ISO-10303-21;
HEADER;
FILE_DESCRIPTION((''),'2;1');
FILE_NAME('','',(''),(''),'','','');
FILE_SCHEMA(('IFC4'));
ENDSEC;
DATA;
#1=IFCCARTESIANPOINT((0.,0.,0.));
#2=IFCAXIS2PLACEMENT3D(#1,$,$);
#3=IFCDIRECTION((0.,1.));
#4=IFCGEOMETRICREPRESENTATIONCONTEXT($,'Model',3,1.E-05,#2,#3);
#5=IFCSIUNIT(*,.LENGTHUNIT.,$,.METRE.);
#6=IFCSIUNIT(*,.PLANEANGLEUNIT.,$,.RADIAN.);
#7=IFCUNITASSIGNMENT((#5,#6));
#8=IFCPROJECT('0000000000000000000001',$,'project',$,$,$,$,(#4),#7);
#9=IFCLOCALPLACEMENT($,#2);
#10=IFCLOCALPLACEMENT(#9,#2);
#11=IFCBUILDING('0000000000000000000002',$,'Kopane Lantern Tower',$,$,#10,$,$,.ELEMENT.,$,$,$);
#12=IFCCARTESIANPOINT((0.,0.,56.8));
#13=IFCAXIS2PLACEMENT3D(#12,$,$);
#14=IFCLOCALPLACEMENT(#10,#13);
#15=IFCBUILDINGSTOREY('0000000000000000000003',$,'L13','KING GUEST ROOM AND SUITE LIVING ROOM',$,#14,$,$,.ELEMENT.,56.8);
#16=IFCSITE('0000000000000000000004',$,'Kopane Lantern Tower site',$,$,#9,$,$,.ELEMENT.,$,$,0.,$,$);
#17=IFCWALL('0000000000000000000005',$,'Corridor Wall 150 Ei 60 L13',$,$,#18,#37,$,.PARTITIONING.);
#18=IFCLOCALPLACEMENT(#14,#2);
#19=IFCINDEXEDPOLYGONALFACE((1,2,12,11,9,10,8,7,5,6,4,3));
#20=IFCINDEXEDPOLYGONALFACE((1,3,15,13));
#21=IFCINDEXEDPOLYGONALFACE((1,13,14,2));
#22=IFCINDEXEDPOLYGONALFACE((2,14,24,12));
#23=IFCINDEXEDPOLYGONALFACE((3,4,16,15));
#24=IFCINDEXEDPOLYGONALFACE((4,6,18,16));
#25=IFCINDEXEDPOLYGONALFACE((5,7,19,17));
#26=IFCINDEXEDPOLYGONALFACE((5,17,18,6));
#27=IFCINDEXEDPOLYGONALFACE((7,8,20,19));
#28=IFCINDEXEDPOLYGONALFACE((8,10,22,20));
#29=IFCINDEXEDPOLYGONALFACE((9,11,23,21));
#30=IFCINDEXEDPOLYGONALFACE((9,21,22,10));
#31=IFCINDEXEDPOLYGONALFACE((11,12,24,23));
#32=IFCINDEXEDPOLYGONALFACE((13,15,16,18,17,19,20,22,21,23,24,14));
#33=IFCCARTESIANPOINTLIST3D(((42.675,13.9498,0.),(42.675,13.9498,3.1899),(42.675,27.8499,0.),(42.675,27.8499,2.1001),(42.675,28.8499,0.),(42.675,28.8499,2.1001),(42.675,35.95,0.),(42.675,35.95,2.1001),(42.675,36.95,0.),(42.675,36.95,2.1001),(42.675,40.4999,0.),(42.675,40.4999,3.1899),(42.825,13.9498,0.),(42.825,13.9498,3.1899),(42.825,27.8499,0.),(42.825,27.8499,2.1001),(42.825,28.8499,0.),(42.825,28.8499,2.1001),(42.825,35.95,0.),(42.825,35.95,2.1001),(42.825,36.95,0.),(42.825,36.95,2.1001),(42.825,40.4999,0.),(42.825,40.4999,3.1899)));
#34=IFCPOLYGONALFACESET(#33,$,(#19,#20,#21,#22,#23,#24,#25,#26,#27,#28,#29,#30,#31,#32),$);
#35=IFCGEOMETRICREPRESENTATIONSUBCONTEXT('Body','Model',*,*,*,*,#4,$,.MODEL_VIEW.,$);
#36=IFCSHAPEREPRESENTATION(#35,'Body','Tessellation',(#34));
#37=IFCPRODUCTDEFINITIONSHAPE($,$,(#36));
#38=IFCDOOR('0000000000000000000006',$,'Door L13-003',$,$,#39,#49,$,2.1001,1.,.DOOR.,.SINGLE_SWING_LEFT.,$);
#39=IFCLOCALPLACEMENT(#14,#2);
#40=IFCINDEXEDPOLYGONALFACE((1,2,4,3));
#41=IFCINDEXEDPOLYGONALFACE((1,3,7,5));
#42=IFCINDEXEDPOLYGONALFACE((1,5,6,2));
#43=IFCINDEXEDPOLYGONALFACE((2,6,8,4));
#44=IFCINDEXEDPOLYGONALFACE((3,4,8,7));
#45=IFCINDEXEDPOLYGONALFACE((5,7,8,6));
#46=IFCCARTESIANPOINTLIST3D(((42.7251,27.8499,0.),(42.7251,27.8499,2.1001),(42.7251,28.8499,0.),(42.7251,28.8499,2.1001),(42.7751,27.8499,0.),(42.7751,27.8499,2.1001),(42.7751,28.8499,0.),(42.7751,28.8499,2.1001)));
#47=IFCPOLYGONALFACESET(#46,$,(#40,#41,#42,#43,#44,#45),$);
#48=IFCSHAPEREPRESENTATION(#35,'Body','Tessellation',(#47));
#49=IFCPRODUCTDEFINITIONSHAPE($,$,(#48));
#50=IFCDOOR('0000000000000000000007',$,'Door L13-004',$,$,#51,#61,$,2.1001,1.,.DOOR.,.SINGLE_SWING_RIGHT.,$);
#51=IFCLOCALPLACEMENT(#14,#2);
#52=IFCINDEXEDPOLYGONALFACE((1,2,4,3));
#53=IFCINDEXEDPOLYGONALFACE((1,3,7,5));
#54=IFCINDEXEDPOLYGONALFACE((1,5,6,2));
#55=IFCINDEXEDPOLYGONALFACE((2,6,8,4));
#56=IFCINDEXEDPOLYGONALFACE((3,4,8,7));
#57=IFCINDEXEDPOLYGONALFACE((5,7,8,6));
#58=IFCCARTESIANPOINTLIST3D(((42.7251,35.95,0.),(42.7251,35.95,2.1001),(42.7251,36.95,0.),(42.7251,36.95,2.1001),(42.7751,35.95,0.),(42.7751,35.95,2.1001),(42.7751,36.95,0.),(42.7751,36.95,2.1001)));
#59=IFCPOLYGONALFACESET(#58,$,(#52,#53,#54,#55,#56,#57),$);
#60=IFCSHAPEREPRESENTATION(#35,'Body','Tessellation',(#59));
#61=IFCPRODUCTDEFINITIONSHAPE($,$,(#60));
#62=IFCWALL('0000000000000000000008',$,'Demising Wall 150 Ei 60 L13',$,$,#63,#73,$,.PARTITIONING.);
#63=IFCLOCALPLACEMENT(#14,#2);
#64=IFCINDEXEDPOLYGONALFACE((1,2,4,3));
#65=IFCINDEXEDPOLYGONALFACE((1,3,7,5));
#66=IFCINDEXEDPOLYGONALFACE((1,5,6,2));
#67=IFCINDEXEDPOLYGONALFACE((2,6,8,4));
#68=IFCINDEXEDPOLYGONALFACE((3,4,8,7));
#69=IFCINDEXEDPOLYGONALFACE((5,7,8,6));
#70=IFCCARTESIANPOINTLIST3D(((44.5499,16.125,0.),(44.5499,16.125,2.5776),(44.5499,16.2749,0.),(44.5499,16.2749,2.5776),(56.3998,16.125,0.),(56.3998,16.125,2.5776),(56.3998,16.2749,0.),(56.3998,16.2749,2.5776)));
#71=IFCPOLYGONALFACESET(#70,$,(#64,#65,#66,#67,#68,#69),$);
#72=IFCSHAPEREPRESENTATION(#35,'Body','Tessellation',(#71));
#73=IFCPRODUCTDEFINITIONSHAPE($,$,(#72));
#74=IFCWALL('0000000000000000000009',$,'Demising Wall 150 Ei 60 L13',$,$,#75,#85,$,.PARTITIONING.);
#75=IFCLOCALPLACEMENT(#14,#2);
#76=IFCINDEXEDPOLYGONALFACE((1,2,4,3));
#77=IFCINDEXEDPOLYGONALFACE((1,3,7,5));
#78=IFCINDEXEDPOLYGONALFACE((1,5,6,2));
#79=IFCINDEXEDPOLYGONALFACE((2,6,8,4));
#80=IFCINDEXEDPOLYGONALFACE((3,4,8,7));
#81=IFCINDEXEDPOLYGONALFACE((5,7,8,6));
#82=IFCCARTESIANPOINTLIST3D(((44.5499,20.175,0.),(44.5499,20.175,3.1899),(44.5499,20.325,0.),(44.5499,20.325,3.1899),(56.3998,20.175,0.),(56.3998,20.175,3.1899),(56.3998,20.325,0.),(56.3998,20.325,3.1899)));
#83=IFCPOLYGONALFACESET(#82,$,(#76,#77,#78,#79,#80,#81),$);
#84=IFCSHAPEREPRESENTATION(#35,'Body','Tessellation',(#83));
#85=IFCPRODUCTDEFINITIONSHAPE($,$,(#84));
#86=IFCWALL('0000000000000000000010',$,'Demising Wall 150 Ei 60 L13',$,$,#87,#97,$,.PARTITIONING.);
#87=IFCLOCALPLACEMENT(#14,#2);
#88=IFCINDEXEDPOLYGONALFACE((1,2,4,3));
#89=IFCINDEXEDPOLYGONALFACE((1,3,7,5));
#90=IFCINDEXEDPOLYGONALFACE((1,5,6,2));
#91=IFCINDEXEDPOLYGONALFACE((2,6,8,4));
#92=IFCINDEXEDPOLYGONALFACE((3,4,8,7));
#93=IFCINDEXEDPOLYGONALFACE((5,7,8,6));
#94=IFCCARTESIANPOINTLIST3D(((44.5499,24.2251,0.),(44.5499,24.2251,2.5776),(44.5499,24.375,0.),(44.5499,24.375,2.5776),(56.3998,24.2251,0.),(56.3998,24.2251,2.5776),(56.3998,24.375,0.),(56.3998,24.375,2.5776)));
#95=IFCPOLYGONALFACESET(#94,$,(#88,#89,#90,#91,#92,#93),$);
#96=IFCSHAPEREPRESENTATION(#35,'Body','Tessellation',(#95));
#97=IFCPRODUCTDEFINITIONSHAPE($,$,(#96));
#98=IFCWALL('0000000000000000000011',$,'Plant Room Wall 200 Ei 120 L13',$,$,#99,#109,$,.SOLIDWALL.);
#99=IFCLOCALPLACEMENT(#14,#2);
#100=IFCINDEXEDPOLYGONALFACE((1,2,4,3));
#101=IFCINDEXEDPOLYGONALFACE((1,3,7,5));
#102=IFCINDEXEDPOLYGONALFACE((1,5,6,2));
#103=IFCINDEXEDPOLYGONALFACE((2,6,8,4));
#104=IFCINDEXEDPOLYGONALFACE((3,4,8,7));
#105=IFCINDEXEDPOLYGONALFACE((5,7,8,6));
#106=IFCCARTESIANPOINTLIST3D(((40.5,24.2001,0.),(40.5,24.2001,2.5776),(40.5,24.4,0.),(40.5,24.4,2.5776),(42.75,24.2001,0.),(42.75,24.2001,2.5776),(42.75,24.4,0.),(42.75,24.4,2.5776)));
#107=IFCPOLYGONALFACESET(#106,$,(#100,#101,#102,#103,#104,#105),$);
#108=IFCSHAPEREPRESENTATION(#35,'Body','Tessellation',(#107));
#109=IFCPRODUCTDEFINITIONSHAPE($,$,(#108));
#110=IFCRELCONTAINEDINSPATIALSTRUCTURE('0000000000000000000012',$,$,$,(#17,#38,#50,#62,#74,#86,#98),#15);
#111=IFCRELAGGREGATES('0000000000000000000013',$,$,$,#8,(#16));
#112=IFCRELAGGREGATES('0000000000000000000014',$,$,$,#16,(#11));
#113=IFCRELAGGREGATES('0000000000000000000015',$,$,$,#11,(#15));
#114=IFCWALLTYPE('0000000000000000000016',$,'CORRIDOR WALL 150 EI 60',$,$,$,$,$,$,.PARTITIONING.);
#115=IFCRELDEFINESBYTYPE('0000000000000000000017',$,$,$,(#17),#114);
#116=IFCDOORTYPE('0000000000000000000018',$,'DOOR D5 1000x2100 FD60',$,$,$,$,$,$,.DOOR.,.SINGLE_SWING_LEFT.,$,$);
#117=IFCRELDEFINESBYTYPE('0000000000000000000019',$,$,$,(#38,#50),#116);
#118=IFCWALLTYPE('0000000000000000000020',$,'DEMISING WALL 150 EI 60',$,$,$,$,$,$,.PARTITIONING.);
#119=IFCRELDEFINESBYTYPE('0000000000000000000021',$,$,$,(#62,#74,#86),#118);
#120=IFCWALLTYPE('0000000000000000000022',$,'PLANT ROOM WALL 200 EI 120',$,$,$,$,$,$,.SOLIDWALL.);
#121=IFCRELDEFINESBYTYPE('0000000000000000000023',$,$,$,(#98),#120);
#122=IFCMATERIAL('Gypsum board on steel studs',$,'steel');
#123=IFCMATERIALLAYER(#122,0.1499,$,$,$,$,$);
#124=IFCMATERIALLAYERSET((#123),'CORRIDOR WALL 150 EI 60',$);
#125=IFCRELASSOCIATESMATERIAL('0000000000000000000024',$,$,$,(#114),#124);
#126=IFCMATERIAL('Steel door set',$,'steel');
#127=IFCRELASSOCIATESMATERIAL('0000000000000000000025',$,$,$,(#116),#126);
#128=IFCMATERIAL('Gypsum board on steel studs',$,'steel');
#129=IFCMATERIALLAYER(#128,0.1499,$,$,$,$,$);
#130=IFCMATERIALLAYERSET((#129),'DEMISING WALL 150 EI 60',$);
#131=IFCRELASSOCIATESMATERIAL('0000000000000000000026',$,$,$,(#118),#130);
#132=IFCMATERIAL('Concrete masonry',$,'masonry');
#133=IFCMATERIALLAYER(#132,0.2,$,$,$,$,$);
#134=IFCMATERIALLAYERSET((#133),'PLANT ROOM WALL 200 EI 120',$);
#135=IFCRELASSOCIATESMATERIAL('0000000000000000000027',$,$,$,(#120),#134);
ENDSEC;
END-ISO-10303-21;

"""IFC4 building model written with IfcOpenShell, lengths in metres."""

from ifc_helpers import new_model, si_unit, direction, frame, frame_2d, origin, place, context, subcontext, project, spatial, rectangle, extrude, material, layer, layer_set, type_object, element, fill, save


model = new_model("IFC4")

# Units and contexts
model_context = context("Model", 3, precision=1e-05, world=origin(), true_north=direction((0.0, 1.0)))
body_context = subcontext(model_context, "Body", "Model", "MODEL_VIEW")
ifc_project = project(units=[si_unit("LENGTHUNIT", "METRE"), si_unit("PLANEANGLEUNIT", "RADIAN")], contexts=[model_context])

# Site, building, storey
site_placement = place(None, origin())
site = spatial("IfcSite", under=ifc_project, at=site_placement, Name="Kopane Lantern Tower site", CompositionType="ELEMENT", RefElevation=0.0)
building_placement = place(site_placement, origin())
building = spatial("IfcBuilding", under=site, at=building_placement, Name="Kopane Lantern Tower", CompositionType="ELEMENT")
storey_placement = place(building_placement, frame((0.0, 0.0, 56.8)))
storey = spatial("IfcBuildingStorey", under=building, at=storey_placement, Name="L13", Description="KING GUEST ROOM AND SUITE LIVING ROOM", CompositionType="ELEMENT", Elevation=56.8)

# Wall, openings, doors
ifc_material_1 = material(Name="Gypsum board on steel studs", Category="steel")
ifc_layer_1 = layer(ifc_material_1, 0.1499)
ifc_layer_set_1 = layer_set([ifc_layer_1], Name="CORRIDOR WALL 150 EI 60")
wall_type_1 = type_object("IfcWallType", Name="CORRIDOR WALL 150 EI 60", PredefinedType="PARTITIONING", material=ifc_layer_set_1)
wall_1_placement = place(storey_placement, frame((42.75, 13.95, 0.0), z_axis=(0.0, 0.0, 1.0), x_axis=(0.0, 1.0, 0.0)))
wall_1 = element("IfcWall", 1, at=wall_1_placement, inside=storey, type_object=wall_type_1, Name="Corridor Wall 150 Ei 60 L13", PredefinedType="PARTITIONING", context=body_context, shape_type="SweptSolid", body=[
    extrude(rectangle(XDim=26.55, YDim=0.1499, at=frame_2d((13.2749, 0.0))), origin(), (0.0, 0.0, 1.0), 3.1899),
])
opening_1_placement = place(wall_1_placement, frame((13.8999, 0.0, 0.0)))
opening_1 = element("IfcOpeningElement", 2, at=opening_1_placement, cuts=wall_1, PredefinedType="OPENING", context=body_context, shape_type="SweptSolid", body=[
    extrude(rectangle(XDim=1.0, YDim=2.1001, at=frame_2d((0.5, 1.05))), frame((0.0, 0.085, 0.0), z_axis=(0.0, -1.0, 0.0), x_axis=(1.0, 0.0, 0.0)), (0.0, 0.0, 1.0), 0.1699),
])
opening_2_placement = place(wall_1_placement, frame((22.0, 0.0, 0.0)))
opening_2 = element("IfcOpeningElement", 3, at=opening_2_placement, cuts=wall_1, PredefinedType="OPENING", context=body_context, shape_type="SweptSolid", body=[
    extrude(rectangle(XDim=1.0, YDim=2.1001, at=frame_2d((0.5, 1.05))), frame((0.0, 0.085, 0.0), z_axis=(0.0, -1.0, 0.0), x_axis=(1.0, 0.0, 0.0)), (0.0, 0.0, 1.0), 0.1699),
])
ifc_material_2 = material(Name="Steel door set", Category="steel")
door_type_1 = type_object("IfcDoorType", Name="DOOR D5 1000x2100 FD60", OperationType="SINGLE_SWING_LEFT", PredefinedType="DOOR", material=ifc_material_2)
door_1_placement = place(opening_1_placement, origin())
door_1 = element("IfcDoor", 4, at=door_1_placement, inside=storey, type_object=door_type_1, Name="Door L13-003", OperationType="SINGLE_SWING_LEFT", OverallHeight=2.1001, OverallWidth=1.0, PredefinedType="DOOR", context=body_context, shape_type="SweptSolid", body=[
    extrude(rectangle(XDim=1.0, YDim=2.1001, at=frame_2d((0.5, 1.05))), frame((0.0, 0.0249, 0.0), z_axis=(0.0, -1.0, 0.0), x_axis=(1.0, 0.0, 0.0)), (0.0, 0.0, 1.0), 0.05),
])
fill(opening_1, door_1)
door_2_placement = place(opening_2_placement, origin())
door_2 = element("IfcDoor", 5, at=door_2_placement, inside=storey, type_object=door_type_1, Name="Door L13-004", OperationType="SINGLE_SWING_RIGHT", OverallHeight=2.1001, OverallWidth=1.0, PredefinedType="DOOR", context=body_context, shape_type="SweptSolid", body=[
    extrude(rectangle(XDim=1.0, YDim=2.1001, at=frame_2d((0.5, 1.05))), frame((0.0, 0.0249, 0.0), z_axis=(0.0, -1.0, 0.0), x_axis=(1.0, 0.0, 0.0)), (0.0, 0.0, 1.0), 0.05),
])
fill(opening_2, door_2)

# Walls
ifc_material_3 = material(Name="Gypsum board on steel studs", Category="steel")
ifc_layer_2 = layer(ifc_material_3, 0.1499)
ifc_layer_set_2 = layer_set([ifc_layer_2], Name="DEMISING WALL 150 EI 60")
wall_type_2 = type_object("IfcWallType", Name="DEMISING WALL 150 EI 60", PredefinedType="PARTITIONING", material=ifc_layer_set_2)
wall_2_placement = place(storey_placement, frame((44.55, 16.2, 0.0), z_axis=(0.0, 0.0, 1.0), x_axis=(1.0, 0.0, 0.0)))
element("IfcWall", 6, at=wall_2_placement, inside=storey, type_object=wall_type_2, Name="Demising Wall 150 Ei 60 L13", PredefinedType="PARTITIONING", context=body_context, shape_type="SweptSolid", body=[
    extrude(rectangle(XDim=11.8499, YDim=0.1499, at=frame_2d((5.9248, 0.0))), origin(), (0.0, 0.0, 1.0), 2.5776),
])
wall_3_placement = place(storey_placement, frame((44.55, 20.25, 0.0), z_axis=(0.0, 0.0, 1.0), x_axis=(1.0, 0.0, 0.0)))
element("IfcWall", 7, at=wall_3_placement, inside=storey, type_object=wall_type_2, Name="Demising Wall 150 Ei 60 L13", PredefinedType="PARTITIONING", context=body_context, shape_type="SweptSolid", body=[
    extrude(rectangle(XDim=11.8499, YDim=0.1499, at=frame_2d((5.9248, 0.0))), origin(), (0.0, 0.0, 1.0), 3.1899),
])
wall_4_placement = place(storey_placement, frame((44.55, 24.3, 0.0), z_axis=(0.0, 0.0, 1.0), x_axis=(1.0, 0.0, 0.0)))
element("IfcWall", 8, at=wall_4_placement, inside=storey, type_object=wall_type_2, Name="Demising Wall 150 Ei 60 L13", PredefinedType="PARTITIONING", context=body_context, shape_type="SweptSolid", body=[
    extrude(rectangle(XDim=11.8499, YDim=0.1499, at=frame_2d((5.9248, 0.0))), origin(), (0.0, 0.0, 1.0), 2.5776),
])
ifc_material_4 = material(Name="Concrete masonry", Category="masonry")
ifc_layer_3 = layer(ifc_material_4, 0.2)
ifc_layer_set_3 = layer_set([ifc_layer_3], Name="PLANT ROOM WALL 200 EI 120")
wall_type_3 = type_object("IfcWallType", Name="PLANT ROOM WALL 200 EI 120", PredefinedType="SOLIDWALL", material=ifc_layer_set_3)
wall_5_placement = place(storey_placement, frame((40.5, 24.3, 0.0), z_axis=(0.0, 0.0, 1.0), x_axis=(1.0, 0.0, 0.0)))
element("IfcWall", 9, at=wall_5_placement, inside=storey, type_object=wall_type_3, Name="Plant Room Wall 200 Ei 120 L13", PredefinedType="SOLIDWALL", context=body_context, shape_type="SweptSolid", body=[
    extrude(rectangle(XDim=2.25, YDim=0.2, at=frame_2d((1.125, 0.0))), origin(), (0.0, 0.0, 1.0), 2.5776),
])

save(model, "model.ifc")
